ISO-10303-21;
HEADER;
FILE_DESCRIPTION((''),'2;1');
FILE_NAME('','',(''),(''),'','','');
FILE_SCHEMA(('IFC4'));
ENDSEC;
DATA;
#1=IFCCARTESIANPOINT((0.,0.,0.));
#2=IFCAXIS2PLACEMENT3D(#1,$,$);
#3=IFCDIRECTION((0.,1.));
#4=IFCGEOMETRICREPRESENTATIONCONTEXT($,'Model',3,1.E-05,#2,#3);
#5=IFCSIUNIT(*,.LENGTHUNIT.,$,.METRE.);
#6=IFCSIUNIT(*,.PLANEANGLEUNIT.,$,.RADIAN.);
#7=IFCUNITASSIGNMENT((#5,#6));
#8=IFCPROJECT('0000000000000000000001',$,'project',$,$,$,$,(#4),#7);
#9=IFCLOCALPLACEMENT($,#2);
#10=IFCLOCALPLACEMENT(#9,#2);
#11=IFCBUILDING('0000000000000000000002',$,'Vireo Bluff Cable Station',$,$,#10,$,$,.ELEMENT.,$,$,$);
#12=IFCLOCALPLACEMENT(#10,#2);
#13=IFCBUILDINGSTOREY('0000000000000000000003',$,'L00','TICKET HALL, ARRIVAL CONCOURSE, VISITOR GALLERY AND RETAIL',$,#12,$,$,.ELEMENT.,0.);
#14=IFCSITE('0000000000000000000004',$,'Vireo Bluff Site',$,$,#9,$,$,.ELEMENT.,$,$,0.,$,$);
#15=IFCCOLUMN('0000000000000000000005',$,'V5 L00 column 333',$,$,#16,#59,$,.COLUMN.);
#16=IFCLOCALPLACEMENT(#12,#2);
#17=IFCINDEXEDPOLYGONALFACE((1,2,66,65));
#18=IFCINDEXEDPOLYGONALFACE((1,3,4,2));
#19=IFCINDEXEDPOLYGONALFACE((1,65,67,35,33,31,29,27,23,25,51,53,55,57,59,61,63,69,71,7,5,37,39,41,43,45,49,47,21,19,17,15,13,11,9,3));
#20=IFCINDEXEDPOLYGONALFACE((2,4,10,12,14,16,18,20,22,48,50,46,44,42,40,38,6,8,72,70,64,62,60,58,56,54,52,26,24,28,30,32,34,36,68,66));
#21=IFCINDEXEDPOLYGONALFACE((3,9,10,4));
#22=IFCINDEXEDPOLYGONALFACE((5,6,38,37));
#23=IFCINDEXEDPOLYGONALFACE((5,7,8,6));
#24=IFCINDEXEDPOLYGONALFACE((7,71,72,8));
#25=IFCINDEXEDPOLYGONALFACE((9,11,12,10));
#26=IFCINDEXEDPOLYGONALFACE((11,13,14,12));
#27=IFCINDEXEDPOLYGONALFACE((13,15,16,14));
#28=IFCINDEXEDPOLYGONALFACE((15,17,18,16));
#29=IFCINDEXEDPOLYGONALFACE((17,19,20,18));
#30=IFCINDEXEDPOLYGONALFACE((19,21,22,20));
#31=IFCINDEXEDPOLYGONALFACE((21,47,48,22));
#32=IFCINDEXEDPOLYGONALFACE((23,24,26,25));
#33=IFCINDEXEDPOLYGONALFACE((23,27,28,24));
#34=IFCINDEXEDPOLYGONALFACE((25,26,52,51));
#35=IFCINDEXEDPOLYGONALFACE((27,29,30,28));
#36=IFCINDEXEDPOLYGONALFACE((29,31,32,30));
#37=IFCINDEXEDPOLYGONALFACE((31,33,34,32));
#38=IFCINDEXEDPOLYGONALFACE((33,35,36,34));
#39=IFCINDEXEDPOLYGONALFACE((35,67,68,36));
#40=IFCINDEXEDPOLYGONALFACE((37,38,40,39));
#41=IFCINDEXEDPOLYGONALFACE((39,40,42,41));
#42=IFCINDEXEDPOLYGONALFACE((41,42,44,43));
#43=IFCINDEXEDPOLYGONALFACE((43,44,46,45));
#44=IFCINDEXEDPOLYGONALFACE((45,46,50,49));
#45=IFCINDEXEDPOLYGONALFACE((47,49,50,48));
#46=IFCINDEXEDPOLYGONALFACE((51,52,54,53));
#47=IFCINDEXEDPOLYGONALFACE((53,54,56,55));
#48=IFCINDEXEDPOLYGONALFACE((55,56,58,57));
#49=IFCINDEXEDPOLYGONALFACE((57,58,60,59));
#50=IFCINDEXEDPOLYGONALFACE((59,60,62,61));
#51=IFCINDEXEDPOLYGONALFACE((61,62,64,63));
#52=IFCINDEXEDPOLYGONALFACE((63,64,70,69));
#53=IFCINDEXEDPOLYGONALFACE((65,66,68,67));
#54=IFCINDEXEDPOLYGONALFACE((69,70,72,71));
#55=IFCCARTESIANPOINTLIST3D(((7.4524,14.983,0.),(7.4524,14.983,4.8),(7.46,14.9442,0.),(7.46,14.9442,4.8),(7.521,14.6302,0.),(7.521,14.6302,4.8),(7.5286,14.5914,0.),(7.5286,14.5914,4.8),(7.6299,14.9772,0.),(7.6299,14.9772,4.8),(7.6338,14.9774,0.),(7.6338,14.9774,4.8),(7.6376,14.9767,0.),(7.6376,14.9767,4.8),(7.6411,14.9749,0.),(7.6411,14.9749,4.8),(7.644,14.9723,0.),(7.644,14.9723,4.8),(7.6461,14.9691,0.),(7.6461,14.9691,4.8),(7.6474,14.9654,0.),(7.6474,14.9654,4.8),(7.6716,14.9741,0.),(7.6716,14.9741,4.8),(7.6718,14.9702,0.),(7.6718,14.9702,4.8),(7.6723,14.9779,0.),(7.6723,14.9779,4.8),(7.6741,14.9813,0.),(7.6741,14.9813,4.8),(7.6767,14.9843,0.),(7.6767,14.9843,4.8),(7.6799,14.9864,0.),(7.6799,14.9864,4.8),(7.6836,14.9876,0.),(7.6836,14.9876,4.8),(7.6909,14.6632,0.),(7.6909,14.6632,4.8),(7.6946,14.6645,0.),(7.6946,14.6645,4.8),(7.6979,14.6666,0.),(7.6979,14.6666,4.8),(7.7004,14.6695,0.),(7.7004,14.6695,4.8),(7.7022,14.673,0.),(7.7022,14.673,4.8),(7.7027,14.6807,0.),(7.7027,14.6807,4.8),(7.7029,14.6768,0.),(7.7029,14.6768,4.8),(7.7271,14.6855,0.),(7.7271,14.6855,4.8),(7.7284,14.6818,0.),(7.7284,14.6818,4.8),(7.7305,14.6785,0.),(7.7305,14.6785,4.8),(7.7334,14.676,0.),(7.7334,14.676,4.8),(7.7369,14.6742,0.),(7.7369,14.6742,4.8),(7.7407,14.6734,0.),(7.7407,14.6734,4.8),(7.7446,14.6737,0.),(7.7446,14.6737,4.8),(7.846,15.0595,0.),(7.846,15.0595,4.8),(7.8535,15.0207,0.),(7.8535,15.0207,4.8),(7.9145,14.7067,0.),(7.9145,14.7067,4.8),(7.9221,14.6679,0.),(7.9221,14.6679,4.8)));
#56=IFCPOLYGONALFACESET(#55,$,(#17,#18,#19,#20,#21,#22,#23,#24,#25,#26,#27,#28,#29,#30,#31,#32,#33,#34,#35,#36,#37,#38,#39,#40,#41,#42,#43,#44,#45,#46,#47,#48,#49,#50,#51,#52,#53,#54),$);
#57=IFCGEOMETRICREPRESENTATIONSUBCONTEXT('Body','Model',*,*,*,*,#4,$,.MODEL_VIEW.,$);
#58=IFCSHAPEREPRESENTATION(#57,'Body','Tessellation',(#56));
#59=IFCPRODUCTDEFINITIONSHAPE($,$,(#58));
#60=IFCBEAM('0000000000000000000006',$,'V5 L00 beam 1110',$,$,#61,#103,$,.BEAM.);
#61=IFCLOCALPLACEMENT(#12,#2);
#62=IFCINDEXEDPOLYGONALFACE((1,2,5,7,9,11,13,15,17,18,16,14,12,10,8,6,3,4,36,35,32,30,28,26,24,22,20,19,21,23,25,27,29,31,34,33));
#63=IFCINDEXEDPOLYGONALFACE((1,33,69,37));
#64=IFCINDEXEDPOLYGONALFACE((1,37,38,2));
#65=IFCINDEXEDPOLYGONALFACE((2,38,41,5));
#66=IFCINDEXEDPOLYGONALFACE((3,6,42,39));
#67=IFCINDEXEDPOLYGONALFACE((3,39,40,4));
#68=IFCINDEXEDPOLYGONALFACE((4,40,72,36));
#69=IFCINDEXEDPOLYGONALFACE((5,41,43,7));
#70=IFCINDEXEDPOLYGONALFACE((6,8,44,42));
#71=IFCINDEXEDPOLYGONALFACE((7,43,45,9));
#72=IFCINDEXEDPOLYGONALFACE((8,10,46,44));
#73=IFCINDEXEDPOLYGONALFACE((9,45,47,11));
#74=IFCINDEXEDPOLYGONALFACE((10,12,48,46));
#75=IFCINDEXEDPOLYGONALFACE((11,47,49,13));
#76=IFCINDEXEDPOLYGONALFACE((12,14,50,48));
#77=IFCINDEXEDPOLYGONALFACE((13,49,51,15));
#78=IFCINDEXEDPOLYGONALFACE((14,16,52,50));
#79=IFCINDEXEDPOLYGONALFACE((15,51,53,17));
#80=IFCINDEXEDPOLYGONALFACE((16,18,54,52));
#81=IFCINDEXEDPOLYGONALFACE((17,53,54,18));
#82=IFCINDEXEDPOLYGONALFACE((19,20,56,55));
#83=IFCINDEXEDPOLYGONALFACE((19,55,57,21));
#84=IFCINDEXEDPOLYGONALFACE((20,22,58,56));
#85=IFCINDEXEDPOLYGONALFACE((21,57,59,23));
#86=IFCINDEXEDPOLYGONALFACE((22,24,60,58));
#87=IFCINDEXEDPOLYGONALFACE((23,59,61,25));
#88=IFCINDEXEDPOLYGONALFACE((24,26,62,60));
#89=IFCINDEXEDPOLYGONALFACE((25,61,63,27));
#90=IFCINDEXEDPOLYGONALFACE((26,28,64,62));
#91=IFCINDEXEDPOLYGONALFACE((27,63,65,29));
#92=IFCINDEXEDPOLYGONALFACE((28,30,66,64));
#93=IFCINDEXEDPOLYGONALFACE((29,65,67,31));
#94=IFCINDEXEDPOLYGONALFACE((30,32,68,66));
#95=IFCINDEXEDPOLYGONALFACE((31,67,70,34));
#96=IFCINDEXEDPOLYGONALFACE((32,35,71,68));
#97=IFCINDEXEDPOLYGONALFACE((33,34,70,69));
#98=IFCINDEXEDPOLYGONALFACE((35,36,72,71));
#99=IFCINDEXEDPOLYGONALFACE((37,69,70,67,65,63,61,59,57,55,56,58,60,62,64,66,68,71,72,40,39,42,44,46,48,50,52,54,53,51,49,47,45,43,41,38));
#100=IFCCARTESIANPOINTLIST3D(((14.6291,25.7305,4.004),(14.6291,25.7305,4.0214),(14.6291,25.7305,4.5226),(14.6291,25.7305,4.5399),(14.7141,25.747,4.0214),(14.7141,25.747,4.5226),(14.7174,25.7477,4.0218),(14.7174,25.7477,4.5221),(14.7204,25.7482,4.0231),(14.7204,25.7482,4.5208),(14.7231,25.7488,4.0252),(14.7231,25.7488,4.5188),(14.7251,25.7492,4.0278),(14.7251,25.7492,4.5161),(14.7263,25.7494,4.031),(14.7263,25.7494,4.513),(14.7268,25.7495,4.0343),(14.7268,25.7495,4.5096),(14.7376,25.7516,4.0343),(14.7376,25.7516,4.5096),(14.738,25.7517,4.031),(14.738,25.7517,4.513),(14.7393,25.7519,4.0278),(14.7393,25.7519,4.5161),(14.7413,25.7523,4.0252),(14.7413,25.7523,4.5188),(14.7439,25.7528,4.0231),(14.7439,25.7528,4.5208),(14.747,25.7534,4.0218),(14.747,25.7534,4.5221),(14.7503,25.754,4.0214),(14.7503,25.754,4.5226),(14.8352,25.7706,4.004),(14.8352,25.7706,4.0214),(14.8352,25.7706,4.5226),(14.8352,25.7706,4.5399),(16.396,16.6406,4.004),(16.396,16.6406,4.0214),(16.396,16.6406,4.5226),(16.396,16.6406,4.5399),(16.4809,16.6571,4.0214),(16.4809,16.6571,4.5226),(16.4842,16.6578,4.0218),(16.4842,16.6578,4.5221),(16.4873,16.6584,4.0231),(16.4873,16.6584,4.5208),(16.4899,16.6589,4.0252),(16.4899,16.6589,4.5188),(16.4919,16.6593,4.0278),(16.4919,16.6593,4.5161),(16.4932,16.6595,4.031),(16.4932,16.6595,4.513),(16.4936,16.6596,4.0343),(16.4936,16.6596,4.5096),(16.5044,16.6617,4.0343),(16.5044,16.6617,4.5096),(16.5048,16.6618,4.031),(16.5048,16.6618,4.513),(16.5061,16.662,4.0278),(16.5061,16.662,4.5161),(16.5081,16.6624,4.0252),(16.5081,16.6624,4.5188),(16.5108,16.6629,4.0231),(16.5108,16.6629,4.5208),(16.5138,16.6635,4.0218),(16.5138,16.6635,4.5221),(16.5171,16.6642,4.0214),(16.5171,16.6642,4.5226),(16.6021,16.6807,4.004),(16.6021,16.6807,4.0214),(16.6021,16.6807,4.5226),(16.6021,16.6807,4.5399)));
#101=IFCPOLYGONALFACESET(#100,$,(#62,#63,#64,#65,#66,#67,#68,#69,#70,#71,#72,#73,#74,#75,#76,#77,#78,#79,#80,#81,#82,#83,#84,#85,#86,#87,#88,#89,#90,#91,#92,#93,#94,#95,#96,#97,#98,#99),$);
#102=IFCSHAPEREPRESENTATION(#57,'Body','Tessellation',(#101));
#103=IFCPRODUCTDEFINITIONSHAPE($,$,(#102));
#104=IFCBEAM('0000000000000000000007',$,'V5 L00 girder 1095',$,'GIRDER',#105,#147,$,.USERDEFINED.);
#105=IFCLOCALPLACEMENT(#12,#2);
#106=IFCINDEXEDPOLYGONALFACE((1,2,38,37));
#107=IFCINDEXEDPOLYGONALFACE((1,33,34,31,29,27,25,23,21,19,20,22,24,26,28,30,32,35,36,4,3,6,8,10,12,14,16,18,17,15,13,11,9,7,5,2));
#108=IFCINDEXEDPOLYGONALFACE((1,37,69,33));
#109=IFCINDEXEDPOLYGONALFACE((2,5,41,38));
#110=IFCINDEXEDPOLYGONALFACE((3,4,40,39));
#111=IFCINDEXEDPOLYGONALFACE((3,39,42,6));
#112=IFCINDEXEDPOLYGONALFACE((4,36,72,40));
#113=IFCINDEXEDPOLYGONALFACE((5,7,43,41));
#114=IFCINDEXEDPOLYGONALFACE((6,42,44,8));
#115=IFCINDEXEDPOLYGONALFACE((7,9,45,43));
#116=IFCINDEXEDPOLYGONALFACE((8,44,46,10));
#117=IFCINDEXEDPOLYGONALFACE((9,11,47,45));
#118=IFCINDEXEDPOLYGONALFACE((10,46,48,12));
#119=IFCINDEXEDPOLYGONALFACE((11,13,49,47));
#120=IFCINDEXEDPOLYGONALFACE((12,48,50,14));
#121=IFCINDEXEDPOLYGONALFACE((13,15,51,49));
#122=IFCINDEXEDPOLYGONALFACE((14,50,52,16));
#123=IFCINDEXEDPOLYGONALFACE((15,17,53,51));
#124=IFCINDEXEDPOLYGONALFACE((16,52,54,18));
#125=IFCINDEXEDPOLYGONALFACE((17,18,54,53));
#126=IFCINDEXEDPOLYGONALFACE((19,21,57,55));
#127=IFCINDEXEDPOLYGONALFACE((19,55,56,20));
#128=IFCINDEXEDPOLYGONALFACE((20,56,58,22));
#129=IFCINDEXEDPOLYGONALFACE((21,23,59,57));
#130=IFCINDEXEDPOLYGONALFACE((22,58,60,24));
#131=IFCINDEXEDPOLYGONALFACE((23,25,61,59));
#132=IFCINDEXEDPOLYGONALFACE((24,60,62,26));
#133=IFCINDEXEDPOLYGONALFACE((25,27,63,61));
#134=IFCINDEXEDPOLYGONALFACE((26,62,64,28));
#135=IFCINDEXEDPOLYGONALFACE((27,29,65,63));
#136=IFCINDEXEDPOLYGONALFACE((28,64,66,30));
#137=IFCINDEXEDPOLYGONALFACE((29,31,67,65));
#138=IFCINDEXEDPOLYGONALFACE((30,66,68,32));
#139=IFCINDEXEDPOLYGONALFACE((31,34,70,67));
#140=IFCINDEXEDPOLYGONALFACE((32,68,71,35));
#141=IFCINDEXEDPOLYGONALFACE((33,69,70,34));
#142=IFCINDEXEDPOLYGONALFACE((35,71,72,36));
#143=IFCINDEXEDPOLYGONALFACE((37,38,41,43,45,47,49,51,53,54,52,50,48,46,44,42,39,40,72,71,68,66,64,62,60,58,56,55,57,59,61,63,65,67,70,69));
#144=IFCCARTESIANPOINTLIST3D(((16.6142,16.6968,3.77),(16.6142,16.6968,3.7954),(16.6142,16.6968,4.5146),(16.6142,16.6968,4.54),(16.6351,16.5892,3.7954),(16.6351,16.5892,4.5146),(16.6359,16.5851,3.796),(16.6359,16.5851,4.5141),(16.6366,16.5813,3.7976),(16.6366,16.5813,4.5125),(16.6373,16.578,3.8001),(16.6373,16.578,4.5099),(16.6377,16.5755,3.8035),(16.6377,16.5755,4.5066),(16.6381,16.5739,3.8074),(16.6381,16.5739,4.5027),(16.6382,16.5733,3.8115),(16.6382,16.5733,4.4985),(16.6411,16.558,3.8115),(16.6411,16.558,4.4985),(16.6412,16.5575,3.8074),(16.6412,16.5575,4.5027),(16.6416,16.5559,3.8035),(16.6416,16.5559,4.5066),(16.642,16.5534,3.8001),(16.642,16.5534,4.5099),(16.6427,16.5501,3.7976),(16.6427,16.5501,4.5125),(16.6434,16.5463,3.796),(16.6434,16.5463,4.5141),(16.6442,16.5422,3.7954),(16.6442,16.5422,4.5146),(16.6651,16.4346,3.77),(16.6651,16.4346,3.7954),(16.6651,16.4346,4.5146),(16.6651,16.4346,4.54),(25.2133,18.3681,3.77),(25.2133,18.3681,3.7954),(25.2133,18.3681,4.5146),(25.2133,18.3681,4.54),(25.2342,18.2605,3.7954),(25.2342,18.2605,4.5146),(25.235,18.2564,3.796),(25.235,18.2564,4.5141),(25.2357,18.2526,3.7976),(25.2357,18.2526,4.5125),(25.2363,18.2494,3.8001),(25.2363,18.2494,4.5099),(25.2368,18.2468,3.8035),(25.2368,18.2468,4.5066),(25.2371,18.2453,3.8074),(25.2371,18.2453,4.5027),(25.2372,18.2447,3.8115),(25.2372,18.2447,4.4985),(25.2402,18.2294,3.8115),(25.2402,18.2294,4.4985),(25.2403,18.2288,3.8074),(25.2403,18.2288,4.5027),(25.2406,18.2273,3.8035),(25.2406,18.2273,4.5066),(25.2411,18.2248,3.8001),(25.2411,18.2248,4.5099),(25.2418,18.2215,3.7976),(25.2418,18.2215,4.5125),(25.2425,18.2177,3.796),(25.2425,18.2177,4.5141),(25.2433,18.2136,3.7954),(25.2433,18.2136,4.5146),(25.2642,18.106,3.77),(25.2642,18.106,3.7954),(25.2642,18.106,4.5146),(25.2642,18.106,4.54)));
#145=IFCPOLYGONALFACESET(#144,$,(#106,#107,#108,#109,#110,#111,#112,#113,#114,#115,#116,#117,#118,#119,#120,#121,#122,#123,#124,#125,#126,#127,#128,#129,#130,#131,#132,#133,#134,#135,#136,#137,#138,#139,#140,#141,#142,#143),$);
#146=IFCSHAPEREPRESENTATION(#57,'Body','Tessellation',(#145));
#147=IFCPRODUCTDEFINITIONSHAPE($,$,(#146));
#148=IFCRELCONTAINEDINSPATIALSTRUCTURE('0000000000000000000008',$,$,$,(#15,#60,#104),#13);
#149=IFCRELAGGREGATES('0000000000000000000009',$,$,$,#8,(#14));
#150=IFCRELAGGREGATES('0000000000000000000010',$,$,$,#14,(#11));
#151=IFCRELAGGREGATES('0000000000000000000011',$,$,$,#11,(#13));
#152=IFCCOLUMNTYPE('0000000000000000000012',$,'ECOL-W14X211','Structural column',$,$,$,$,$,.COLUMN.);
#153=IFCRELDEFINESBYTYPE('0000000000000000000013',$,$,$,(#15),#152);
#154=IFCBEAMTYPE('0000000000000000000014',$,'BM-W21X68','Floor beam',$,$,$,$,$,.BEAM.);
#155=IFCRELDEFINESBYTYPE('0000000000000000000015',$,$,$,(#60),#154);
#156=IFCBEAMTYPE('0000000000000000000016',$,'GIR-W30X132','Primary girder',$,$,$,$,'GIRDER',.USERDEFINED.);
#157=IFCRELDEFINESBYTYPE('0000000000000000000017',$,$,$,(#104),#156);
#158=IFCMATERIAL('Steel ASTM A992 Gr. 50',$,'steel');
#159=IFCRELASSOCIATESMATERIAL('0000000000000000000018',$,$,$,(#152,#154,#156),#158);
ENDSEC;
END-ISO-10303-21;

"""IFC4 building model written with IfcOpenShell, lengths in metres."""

from ifc_helpers import new_model, si_unit, direction, frame, origin, origin_2d, place, context, subcontext, project, spatial, i_section, extrude, material, material_profile, profile_set, type_object, element, save


model = new_model("IFC4")

# Units and contexts
model_context = context("Model", 3, precision=1e-05, world=origin(), true_north=direction((0.0, 1.0)))
body_context = subcontext(model_context, "Body", "Model", "MODEL_VIEW")
ifc_project = project(units=[si_unit("LENGTHUNIT", "METRE"), si_unit("PLANEANGLEUNIT", "RADIAN")], contexts=[model_context])

# Site, building, storey
site_placement = place(None, origin())
site = spatial("IfcSite", under=ifc_project, at=site_placement, Name="Vireo Bluff Site", CompositionType="ELEMENT", RefElevation=0.0)
building_placement = place(site_placement, origin())
building = spatial("IfcBuilding", under=site, at=building_placement, Name="Vireo Bluff Cable Station", CompositionType="ELEMENT")
storey_placement = place(building_placement, origin())
storey = spatial("IfcBuildingStorey", under=building, at=storey_placement, Name="L00", Description="TICKET HALL, ARRIVAL CONCOURSE, VISITOR GALLERY AND RETAIL", CompositionType="ELEMENT", Elevation=0.0)

# Column
ifc_material_1 = material(Name="Steel ASTM A992 Gr. 50", Category="steel")
ifc_material_profile_1 = material_profile(ifc_material_1, i_section(OverallWidth=0.4009, OverallDepth=0.3989, WebThickness=0.0249, FlangeThickness=0.0396, FilletRadius=0.0149, at=origin_2d()), Name="W14X211")
ifc_profile_set_1 = profile_set([ifc_material_profile_1], Name="Steel ASTM A992 Gr. 50")
column_type_1 = type_object("IfcColumnType", Name="ECOL-W14X211", Description="Structural column", PredefinedType="COLUMN", material=ifc_profile_set_1)
column_1_placement = place(storey_placement, frame((7.6873, 14.8254, 0.0), z_axis=(0.0, 0.0, 1.0), x_axis=(0.981627, 0.190809, 0.0)))
element("IfcColumn", 1, at=column_1_placement, inside=storey, type_object=column_type_1, Name="V5 L00 column 333", PredefinedType="COLUMN", context=body_context, shape_type="SweptSolid", body=[
    extrude(i_section(OverallWidth=0.4009, OverallDepth=0.3989, WebThickness=0.0249, FlangeThickness=0.0396, FilletRadius=0.0149, at=origin_2d()), origin(), (0.0, 0.0, 1.0), 4.8),
])

# Beams
ifc_material_profile_2 = material_profile(ifc_material_1, i_section(OverallWidth=0.21, OverallDepth=0.5359, WebThickness=0.011, FlangeThickness=0.0173, FilletRadius=0.0129, at=origin_2d()), Name="W21X68")
ifc_profile_set_2 = profile_set([ifc_material_profile_2], Name="Steel ASTM A992 Gr. 50")
beam_type_1 = type_object("IfcBeamType", Name="BM-W21X68", Description="Floor beam", PredefinedType="BEAM", material=ifc_profile_set_2)
beam_1_placement = place(storey_placement, frame((16.499, 16.6606, 4.272), z_axis=(-0.190805, 0.981628, 0.0), x_axis=(-0.981628, -0.190805, 0.0)))
element("IfcBeam", 2, at=beam_1_placement, inside=storey, type_object=beam_type_1, Name="V5 L00 beam 1110", PredefinedType="BEAM", context=body_context, shape_type="SweptSolid", body=[
    extrude(i_section(OverallWidth=0.21, OverallDepth=0.5359, WebThickness=0.011, FlangeThickness=0.0173, FilletRadius=0.0129, at=origin_2d()), origin(), (0.0, 0.0, 1.0), 9.26),
])
ifc_material_profile_3 = material_profile(ifc_material_1, i_section(OverallWidth=0.2671, OverallDepth=0.77, WebThickness=0.0156, FlangeThickness=0.0254, FilletRadius=0.0161, at=origin_2d()), Name="W30X132")
ifc_profile_set_3 = profile_set([ifc_material_profile_3], Name="Steel ASTM A992 Gr. 50")
beam_type_2 = type_object("IfcBeamType", Name="GIR-W30X132", Description="Primary girder", ElementType="GIRDER", PredefinedType="USERDEFINED", material=ifc_profile_set_3)
beam_2_placement = place(storey_placement, frame((16.6396, 16.5657, 4.155), z_axis=(0.98163, 0.190797, 0.0), x_axis=(-0.190797, 0.98163, 0.0)))
element("IfcBeam", 3, at=beam_2_placement, inside=storey, type_object=beam_type_2, Name="V5 L00 girder 1095", ObjectType="GIRDER", PredefinedType="USERDEFINED", context=body_context, shape_type="SweptSolid", body=[
    extrude(i_section(OverallWidth=0.2671, OverallDepth=0.77, WebThickness=0.0156, FlangeThickness=0.0254, FilletRadius=0.0161, at=origin_2d()), origin(), (0.0, 0.0, 1.0), 8.76),
])

save(model, "model.ifc")
